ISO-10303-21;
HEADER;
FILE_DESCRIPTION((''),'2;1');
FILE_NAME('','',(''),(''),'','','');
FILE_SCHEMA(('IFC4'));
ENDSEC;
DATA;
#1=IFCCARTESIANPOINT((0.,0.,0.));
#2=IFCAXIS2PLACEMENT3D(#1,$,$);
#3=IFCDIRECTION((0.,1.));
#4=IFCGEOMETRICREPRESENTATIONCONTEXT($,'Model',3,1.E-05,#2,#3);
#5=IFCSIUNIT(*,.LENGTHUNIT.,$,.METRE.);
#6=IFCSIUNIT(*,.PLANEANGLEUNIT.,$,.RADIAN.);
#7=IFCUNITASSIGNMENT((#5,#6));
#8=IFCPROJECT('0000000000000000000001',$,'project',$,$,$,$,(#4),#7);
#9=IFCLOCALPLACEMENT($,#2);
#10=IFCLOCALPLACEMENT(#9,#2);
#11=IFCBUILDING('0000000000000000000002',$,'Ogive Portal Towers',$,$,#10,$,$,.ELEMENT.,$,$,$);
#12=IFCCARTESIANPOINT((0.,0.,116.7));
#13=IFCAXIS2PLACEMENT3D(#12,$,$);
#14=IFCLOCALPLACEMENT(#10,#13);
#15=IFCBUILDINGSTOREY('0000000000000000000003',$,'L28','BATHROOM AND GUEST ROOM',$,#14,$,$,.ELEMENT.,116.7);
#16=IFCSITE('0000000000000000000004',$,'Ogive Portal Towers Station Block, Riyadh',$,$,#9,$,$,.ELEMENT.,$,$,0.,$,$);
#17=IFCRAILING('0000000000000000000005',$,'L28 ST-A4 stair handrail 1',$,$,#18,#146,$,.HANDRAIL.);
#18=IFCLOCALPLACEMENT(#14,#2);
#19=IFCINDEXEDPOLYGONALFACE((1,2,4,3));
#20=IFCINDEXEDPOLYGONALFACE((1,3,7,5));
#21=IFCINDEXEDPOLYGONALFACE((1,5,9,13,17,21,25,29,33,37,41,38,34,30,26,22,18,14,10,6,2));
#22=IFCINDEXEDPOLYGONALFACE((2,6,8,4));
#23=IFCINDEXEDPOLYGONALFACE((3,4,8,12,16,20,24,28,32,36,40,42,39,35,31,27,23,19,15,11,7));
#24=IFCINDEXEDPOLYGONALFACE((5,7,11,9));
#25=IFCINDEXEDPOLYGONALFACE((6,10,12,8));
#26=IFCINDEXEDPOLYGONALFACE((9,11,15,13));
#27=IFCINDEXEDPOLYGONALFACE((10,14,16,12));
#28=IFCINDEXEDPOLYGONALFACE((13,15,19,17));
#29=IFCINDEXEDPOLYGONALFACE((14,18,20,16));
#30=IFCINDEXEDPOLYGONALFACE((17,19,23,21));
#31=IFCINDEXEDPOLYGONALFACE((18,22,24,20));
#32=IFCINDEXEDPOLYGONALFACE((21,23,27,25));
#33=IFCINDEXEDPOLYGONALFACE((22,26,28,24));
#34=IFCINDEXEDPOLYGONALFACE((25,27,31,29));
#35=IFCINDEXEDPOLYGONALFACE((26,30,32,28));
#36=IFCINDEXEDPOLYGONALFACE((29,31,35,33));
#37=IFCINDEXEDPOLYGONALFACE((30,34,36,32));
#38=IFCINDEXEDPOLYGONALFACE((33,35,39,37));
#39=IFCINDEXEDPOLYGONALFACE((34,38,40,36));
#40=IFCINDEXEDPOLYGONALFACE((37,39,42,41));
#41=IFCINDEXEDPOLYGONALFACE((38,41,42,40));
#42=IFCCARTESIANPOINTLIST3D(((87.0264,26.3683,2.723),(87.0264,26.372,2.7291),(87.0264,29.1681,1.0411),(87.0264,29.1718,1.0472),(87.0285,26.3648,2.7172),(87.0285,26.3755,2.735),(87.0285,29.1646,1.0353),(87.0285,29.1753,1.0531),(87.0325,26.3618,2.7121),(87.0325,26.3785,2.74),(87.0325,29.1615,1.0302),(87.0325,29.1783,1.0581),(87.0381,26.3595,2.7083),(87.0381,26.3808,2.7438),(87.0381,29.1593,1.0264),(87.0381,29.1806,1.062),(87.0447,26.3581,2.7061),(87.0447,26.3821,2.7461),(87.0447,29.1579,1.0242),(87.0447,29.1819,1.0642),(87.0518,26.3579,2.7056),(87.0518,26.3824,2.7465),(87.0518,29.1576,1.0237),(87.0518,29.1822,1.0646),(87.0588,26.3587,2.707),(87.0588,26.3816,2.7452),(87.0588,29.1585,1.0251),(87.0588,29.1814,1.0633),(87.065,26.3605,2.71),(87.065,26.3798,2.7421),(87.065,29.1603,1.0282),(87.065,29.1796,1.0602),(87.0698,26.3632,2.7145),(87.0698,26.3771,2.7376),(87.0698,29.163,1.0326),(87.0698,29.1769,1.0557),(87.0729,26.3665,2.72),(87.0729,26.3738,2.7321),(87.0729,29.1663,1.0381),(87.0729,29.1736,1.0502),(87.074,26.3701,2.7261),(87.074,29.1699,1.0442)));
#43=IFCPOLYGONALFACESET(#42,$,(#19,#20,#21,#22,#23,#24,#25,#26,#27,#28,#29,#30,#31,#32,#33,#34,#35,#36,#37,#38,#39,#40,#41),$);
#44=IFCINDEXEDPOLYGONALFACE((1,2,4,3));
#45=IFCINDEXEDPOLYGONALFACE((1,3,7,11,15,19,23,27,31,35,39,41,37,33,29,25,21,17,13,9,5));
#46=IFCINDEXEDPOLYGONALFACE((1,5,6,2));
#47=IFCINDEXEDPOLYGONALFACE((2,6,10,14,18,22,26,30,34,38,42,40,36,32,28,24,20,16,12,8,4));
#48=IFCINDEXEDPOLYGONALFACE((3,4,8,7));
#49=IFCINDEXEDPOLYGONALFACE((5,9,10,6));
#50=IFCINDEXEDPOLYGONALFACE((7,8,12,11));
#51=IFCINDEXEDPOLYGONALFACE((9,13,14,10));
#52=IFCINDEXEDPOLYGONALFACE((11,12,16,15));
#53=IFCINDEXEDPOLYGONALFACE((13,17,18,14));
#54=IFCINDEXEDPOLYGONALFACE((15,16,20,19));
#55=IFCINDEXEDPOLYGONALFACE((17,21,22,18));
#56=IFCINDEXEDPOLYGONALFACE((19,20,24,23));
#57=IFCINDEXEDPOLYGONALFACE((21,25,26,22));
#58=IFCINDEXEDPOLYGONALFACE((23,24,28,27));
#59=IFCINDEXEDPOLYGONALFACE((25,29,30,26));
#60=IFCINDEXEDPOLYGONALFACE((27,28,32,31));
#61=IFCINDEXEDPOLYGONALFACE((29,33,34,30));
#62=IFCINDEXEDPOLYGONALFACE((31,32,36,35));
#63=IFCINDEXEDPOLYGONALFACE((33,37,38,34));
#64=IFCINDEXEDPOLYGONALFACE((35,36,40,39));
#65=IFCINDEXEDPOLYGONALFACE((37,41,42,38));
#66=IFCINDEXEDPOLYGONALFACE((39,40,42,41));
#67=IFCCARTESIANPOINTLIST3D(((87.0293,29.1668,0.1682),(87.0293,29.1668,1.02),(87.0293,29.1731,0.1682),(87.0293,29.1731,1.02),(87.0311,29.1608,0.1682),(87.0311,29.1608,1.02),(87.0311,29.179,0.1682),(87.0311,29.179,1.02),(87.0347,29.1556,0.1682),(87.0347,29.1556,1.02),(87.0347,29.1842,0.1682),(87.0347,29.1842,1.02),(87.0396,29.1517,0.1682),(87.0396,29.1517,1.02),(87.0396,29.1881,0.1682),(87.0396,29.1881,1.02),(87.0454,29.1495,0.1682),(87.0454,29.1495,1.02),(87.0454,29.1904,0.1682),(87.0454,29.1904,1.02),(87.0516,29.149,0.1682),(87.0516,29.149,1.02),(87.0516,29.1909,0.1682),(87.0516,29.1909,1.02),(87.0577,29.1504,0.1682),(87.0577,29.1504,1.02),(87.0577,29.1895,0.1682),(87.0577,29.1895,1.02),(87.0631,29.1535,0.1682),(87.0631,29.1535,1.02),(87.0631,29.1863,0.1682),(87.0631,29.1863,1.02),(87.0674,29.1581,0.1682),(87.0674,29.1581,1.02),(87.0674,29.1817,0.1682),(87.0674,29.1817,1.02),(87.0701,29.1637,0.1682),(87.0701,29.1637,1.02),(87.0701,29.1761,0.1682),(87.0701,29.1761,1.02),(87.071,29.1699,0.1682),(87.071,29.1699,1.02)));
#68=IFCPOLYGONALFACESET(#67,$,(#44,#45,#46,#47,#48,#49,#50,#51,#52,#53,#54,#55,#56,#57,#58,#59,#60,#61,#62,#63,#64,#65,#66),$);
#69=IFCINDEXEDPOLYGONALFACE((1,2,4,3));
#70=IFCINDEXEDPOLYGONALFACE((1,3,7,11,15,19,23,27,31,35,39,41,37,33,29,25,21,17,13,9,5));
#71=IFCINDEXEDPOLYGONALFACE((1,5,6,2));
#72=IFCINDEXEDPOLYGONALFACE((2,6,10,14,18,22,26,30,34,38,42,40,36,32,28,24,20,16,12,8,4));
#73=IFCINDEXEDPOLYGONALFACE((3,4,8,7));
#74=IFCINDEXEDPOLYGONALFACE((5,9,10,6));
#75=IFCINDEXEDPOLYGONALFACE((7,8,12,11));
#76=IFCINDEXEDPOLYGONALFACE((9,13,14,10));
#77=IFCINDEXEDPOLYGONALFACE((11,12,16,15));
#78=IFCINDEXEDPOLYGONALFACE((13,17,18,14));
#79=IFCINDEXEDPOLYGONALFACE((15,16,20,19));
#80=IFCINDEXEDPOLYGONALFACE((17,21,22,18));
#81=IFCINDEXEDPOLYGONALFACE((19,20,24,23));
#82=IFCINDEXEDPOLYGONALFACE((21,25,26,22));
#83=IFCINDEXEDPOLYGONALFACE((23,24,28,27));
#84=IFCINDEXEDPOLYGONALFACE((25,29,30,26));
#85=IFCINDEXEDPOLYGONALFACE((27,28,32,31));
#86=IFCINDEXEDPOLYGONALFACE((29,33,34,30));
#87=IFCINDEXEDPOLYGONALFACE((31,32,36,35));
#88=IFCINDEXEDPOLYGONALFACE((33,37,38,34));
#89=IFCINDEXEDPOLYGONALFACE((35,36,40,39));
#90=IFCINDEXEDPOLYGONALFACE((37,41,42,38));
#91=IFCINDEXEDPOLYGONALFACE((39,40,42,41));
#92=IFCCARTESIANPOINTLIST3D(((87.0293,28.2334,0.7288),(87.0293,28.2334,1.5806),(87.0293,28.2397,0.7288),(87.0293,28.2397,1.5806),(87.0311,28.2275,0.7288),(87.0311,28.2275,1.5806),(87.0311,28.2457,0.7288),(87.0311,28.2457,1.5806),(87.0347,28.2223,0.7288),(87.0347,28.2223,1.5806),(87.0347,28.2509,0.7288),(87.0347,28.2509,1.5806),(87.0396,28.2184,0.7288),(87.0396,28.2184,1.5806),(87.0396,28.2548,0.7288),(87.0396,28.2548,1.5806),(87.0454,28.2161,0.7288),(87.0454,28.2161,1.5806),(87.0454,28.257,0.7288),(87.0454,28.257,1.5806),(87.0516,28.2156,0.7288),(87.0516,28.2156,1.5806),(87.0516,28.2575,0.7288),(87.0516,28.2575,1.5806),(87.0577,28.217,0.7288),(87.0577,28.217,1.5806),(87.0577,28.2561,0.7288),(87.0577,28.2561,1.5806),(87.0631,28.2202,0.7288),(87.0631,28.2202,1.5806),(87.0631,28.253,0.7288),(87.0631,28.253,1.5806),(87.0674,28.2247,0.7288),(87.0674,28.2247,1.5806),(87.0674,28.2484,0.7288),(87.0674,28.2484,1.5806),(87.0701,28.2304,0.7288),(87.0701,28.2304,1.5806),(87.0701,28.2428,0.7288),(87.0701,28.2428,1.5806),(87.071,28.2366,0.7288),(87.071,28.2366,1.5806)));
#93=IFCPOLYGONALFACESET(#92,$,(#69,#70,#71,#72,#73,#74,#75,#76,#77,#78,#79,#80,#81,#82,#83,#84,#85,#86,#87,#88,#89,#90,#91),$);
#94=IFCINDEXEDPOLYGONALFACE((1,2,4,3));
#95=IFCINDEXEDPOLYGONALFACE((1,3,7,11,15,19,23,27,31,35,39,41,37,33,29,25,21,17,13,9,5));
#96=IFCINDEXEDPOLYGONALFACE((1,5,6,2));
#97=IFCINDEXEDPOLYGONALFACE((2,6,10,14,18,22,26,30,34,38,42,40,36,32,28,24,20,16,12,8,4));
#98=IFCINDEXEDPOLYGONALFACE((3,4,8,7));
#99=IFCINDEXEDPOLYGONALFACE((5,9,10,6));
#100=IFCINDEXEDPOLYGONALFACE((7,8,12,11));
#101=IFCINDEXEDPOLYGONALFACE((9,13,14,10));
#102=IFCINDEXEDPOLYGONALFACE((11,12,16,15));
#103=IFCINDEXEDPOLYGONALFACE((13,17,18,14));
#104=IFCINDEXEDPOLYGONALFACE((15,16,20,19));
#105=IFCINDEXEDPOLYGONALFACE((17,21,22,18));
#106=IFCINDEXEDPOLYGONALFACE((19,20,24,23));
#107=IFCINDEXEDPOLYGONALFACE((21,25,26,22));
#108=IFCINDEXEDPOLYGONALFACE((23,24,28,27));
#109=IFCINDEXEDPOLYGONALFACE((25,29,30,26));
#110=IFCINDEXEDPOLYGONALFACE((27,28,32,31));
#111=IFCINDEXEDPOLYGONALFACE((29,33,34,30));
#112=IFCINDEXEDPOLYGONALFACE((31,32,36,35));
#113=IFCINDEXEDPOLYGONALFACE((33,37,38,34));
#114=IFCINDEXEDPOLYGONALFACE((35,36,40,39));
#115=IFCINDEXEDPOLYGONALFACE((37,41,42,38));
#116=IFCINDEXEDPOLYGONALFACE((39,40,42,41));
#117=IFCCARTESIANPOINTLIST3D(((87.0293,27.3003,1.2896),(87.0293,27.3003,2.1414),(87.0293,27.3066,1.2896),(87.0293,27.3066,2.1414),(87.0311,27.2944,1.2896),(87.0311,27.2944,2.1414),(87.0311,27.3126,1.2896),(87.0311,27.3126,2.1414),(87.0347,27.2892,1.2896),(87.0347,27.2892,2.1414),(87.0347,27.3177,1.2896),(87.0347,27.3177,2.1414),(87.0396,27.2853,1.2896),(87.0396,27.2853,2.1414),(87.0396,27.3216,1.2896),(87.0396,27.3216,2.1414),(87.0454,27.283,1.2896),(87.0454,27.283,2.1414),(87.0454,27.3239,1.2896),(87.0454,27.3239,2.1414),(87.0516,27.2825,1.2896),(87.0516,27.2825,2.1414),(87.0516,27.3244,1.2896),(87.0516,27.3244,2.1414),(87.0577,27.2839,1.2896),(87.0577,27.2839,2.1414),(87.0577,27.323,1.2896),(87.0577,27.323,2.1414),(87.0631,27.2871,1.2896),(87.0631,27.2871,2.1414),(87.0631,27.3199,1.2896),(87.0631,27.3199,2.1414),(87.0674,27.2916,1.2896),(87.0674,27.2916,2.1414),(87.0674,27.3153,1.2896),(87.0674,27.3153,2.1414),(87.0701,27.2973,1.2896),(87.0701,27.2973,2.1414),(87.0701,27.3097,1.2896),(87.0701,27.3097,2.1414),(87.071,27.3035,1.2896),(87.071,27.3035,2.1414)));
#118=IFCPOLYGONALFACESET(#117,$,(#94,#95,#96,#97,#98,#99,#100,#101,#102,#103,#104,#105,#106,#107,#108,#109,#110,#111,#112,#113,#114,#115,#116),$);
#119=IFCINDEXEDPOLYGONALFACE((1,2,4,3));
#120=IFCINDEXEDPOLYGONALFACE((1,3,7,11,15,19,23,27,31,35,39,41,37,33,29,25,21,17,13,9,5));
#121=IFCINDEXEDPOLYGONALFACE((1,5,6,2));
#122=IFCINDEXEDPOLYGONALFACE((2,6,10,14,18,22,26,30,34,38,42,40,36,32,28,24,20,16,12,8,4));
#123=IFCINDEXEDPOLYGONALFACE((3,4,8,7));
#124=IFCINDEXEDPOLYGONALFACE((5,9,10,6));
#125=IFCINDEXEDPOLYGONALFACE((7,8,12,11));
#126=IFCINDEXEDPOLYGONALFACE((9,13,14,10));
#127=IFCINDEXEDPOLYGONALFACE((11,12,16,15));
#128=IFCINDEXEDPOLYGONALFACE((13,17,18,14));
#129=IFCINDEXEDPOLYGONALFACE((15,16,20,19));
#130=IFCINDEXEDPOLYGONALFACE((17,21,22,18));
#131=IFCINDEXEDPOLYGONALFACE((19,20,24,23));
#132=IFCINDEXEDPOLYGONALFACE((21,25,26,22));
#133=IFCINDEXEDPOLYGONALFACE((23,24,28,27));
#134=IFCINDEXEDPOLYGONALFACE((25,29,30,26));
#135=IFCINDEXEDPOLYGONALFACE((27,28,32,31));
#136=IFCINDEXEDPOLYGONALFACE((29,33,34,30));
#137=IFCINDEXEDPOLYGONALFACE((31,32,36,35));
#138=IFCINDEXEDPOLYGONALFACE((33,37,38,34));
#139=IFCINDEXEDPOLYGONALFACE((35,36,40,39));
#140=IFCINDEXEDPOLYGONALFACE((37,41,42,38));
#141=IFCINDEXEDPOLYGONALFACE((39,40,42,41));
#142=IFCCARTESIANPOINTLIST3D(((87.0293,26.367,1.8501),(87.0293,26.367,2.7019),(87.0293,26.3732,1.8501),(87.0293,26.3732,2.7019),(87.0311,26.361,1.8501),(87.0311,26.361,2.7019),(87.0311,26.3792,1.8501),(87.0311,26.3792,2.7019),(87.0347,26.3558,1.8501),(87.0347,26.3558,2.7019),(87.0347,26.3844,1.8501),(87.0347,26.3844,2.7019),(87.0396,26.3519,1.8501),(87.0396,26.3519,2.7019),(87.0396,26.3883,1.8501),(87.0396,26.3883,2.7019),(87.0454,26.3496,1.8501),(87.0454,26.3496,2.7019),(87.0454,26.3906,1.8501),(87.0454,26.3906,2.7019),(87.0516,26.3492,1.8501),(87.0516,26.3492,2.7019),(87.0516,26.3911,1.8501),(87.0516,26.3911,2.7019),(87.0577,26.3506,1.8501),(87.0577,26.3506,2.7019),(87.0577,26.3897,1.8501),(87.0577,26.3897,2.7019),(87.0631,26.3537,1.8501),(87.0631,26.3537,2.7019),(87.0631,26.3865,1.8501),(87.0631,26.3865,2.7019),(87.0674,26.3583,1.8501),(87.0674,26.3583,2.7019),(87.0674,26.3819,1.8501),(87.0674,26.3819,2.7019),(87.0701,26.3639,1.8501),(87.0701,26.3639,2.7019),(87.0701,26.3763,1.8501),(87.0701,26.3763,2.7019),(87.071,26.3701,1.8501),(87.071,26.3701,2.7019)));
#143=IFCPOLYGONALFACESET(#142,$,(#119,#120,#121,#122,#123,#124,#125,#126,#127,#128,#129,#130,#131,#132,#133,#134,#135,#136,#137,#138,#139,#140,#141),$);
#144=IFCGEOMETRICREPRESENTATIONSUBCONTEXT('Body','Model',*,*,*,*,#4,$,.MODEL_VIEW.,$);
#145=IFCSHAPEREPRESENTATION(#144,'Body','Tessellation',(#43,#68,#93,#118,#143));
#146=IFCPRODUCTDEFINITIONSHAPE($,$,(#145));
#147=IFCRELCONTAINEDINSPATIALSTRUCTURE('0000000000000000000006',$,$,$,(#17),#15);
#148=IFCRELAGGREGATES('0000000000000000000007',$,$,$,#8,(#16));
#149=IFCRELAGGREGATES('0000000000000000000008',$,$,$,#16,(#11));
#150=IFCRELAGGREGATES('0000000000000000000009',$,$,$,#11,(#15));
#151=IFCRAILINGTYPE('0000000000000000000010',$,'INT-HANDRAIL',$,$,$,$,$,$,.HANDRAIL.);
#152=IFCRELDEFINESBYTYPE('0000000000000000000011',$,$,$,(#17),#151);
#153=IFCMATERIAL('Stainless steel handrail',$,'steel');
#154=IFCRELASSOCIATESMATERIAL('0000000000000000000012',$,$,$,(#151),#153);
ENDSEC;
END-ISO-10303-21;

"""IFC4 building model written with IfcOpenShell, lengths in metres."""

from ifc_helpers import new_model, si_unit, direction, frame, origin, origin_2d, place, context, subcontext, project, spatial, circle, extrude, material, type_object, element, save


model = new_model("IFC4")

# Units and contexts
model_context = context("Model", 3, precision=1e-05, world=origin(), true_north=direction((0.0, 1.0)))
body_context = subcontext(model_context, "Body", "Model", "MODEL_VIEW")
ifc_project = project(units=[si_unit("LENGTHUNIT", "METRE"), si_unit("PLANEANGLEUNIT", "RADIAN")], contexts=[model_context])

# Site, building, storey
site_placement = place(None, origin())
site = spatial("IfcSite", under=ifc_project, at=site_placement, Name="Ogive Portal Towers Station Block, Riyadh", CompositionType="ELEMENT", RefElevation=0.0)
building_placement = place(site_placement, origin())
building = spatial("IfcBuilding", under=site, at=building_placement, Name="Ogive Portal Towers", CompositionType="ELEMENT")
storey_placement = place(building_placement, frame((0.0, 0.0, 116.7)))
storey = spatial("IfcBuildingStorey", under=building, at=storey_placement, Name="L28", Description="BATHROOM AND GUEST ROOM", CompositionType="ELEMENT", Elevation=116.7)

# Railing
ifc_material_1 = material(Name="Stainless steel handrail", Category="steel")
railing_type_1 = type_object("IfcRailingType", Name="INT-HANDRAIL", PredefinedType="HANDRAIL", material=ifc_material_1)
railing_1_placement = place(storey_placement, frame((87.05, 29.1699, 0.1682)))
element("IfcRailing", 1, at=railing_1_placement, inside=storey, type_object=railing_type_1, Name="L28 ST-A4 stair handrail 1", PredefinedType="HANDRAIL", context=body_context, shape_type="SweptSolid", body=[
    extrude(circle(Radius=0.0239, at=origin_2d()), frame((0.0, 0.0, 0.876), z_axis=(0.0, -0.857222, 0.514946), x_axis=(1.0, 0.0, 0.0)), (0.0, 0.0, 1.0), 3.2661),
    extrude(circle(Radius=0.021, at=origin_2d()), origin(), (0.0, 0.0, 1.0), 0.8518),
    extrude(circle(Radius=0.021, at=origin_2d()), frame((0.0, -0.9333, 0.5605)), (0.0, 0.0, 1.0), 0.8518),
    extrude(circle(Radius=0.021, at=origin_2d()), frame((0.0, -1.8665, 1.1213)), (0.0, 0.0, 1.0), 0.8518),
    extrude(circle(Radius=0.021, at=origin_2d()), frame((0.0, -2.7998, 1.6819)), (0.0, 0.0, 1.0), 0.8518),
])

save(model, "model.ifc")
